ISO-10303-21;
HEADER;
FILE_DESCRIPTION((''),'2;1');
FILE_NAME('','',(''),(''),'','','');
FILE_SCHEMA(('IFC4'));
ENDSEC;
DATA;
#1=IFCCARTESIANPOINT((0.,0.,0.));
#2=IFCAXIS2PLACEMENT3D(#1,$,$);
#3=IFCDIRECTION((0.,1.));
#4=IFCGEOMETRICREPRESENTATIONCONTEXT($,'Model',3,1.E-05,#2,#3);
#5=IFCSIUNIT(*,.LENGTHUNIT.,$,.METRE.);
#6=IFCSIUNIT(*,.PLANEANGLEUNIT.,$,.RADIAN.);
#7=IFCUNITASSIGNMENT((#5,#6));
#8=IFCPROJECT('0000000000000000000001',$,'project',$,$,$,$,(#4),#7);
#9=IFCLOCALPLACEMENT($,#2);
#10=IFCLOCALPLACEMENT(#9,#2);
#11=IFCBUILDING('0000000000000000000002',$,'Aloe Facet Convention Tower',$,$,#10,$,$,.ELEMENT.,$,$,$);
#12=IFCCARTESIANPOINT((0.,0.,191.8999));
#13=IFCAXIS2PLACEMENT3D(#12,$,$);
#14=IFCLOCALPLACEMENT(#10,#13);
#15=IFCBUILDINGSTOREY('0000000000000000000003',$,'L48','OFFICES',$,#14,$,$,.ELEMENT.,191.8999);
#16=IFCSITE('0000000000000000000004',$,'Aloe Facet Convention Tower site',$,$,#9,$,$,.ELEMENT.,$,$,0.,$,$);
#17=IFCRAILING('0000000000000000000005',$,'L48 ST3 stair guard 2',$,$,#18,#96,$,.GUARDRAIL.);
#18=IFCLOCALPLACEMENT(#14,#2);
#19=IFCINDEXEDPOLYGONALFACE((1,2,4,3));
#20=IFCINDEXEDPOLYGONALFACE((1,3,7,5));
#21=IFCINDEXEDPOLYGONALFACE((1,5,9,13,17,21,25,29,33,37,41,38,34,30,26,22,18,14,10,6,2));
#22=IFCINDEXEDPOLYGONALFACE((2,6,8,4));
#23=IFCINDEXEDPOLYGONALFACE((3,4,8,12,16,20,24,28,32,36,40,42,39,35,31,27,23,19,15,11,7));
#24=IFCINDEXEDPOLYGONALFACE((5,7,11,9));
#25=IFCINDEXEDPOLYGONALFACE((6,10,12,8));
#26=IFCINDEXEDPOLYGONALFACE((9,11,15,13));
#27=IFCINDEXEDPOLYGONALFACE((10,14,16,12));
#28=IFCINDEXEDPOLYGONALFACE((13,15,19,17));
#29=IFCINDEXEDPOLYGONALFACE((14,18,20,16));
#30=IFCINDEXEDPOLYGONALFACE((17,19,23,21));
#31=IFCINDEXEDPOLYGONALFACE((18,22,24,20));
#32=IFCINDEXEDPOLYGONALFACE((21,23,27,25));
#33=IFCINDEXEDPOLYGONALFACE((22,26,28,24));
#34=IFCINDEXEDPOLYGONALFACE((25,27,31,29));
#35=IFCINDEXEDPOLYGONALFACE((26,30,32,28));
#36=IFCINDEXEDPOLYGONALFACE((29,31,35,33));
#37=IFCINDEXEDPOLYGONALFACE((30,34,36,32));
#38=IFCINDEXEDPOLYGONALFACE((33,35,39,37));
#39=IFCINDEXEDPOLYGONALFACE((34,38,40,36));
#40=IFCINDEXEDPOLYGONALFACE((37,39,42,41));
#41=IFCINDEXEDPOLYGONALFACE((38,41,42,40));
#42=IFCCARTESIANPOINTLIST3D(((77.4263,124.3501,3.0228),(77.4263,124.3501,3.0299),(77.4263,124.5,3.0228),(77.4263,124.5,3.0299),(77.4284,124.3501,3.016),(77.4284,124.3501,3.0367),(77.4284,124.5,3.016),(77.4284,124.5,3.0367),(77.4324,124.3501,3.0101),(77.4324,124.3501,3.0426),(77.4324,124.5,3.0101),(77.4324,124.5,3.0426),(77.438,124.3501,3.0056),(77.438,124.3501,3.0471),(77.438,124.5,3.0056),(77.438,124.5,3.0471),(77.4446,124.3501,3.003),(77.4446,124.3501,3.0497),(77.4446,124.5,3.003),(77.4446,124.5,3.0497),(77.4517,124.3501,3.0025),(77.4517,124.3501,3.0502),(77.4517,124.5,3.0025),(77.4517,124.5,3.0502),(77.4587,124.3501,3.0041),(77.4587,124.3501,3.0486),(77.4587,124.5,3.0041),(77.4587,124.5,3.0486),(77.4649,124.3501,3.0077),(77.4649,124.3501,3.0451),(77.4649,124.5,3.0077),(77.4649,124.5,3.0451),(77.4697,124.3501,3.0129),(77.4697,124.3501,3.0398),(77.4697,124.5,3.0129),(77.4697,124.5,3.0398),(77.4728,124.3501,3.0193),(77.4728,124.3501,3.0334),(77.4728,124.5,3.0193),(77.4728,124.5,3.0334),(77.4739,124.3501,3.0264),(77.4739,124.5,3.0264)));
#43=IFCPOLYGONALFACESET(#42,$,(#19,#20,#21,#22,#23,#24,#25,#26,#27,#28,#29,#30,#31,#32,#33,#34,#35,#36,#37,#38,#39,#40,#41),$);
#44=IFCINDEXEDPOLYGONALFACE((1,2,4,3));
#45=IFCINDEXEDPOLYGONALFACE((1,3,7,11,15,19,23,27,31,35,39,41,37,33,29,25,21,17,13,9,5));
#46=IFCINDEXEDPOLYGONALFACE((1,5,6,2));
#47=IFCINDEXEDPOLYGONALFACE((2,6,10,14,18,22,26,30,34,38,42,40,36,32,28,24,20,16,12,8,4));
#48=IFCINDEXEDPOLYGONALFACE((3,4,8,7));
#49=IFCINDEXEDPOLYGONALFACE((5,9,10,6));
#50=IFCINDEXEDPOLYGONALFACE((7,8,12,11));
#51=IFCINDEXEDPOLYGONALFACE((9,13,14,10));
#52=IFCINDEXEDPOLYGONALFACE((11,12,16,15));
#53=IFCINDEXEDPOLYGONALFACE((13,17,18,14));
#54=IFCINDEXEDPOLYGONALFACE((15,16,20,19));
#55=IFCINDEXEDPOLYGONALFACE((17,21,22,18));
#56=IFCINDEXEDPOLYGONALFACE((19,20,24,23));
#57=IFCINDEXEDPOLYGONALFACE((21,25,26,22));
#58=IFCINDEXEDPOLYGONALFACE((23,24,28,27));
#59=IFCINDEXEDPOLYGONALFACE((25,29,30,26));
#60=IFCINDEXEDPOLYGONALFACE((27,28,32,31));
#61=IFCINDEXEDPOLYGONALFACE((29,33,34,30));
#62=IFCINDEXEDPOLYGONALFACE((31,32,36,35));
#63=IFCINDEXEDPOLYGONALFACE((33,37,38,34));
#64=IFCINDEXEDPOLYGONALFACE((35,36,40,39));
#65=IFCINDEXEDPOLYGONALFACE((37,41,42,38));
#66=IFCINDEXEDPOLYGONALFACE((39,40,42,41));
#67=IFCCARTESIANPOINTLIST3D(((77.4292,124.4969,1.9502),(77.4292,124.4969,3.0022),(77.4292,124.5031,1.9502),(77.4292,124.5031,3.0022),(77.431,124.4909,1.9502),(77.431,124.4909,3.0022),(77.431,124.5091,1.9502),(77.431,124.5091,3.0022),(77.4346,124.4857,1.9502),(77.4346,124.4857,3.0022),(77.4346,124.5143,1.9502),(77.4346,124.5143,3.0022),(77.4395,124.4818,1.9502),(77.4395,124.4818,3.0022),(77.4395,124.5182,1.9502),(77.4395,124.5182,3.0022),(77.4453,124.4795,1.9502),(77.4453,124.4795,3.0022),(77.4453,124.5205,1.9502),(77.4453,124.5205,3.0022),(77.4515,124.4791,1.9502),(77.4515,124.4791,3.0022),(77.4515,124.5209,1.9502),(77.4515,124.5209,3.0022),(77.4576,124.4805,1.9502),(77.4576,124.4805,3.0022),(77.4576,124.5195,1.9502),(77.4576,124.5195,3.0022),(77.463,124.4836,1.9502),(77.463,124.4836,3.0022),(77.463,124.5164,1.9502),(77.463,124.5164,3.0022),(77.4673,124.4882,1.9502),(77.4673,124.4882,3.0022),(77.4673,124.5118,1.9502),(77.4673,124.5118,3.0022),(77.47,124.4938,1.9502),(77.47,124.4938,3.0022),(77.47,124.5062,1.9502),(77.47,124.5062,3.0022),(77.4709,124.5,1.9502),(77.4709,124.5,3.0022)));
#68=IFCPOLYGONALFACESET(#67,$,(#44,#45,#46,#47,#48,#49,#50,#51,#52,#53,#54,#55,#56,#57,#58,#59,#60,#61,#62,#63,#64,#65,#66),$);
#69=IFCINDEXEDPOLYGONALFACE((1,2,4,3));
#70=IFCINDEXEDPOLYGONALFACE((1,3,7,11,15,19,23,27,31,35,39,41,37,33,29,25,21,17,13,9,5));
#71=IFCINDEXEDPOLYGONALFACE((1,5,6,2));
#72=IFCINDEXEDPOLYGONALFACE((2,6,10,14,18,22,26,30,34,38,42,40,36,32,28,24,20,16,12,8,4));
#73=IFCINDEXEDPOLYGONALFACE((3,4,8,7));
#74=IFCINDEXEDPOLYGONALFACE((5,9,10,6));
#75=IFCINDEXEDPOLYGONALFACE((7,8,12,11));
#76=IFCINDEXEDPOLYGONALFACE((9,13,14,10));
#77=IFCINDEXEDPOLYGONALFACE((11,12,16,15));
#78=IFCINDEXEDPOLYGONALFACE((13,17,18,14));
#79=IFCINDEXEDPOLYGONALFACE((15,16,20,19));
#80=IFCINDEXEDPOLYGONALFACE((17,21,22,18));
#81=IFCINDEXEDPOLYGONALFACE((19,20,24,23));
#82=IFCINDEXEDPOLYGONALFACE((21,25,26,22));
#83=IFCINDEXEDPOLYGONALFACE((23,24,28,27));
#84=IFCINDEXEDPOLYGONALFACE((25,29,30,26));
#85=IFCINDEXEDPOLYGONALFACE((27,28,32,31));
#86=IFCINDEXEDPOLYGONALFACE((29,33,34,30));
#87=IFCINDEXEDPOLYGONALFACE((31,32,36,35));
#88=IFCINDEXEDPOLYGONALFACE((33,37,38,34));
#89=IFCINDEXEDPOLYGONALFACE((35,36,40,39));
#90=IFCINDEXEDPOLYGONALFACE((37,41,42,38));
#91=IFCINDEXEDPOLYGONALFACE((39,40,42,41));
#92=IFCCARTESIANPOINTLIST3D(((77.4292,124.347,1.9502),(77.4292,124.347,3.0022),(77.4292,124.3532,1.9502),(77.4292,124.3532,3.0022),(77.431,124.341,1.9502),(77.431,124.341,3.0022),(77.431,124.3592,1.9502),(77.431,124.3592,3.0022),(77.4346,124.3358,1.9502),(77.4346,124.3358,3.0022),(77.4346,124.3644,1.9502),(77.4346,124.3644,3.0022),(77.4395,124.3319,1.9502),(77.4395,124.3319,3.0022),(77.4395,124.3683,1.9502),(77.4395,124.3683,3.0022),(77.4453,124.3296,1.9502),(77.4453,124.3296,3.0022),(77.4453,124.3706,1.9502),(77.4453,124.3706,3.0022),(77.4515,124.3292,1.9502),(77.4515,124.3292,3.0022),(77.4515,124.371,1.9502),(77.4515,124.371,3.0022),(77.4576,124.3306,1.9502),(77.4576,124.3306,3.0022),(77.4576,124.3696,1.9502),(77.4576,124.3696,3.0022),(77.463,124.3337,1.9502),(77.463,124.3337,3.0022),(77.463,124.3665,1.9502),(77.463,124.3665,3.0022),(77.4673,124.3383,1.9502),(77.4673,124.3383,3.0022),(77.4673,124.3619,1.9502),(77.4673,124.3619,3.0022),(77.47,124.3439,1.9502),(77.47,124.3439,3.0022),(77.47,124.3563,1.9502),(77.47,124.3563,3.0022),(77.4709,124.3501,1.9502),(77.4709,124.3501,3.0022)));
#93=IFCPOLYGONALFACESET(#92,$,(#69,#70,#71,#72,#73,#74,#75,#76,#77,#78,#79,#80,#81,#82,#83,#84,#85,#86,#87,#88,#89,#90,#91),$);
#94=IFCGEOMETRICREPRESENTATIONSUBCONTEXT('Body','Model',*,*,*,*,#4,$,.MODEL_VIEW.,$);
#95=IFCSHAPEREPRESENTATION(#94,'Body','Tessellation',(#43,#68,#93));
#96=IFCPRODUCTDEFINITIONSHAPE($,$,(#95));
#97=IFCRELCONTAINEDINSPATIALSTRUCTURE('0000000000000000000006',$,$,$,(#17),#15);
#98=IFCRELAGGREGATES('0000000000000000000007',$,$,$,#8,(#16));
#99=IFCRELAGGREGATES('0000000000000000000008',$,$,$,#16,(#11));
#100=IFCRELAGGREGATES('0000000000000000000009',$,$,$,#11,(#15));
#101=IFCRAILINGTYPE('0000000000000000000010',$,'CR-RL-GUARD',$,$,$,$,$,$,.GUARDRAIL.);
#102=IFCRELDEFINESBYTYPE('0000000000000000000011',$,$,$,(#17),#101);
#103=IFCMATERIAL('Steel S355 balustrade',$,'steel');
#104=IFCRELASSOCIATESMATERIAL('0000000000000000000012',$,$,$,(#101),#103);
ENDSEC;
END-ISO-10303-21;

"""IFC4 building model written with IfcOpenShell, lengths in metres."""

from ifc_helpers import new_model, si_unit, direction, frame, origin, origin_2d, place, context, subcontext, project, spatial, circle, extrude, material, type_object, element, save


model = new_model("IFC4")

# Units and contexts
model_context = context("Model", 3, precision=1e-05, world=origin(), true_north=direction((0.0, 1.0)))
body_context = subcontext(model_context, "Body", "Model", "MODEL_VIEW")
ifc_project = project(units=[si_unit("LENGTHUNIT", "METRE"), si_unit("PLANEANGLEUNIT", "RADIAN")], contexts=[model_context])

# Site, building, storey
site_placement = place(None, origin())
site = spatial("IfcSite", under=ifc_project, at=site_placement, Name="Aloe Facet Convention Tower site", CompositionType="ELEMENT", RefElevation=0.0)
building_placement = place(site_placement, origin())
building = spatial("IfcBuilding", under=site, at=building_placement, Name="Aloe Facet Convention Tower", CompositionType="ELEMENT")
storey_placement = place(building_placement, frame((0.0, 0.0, 191.8999)))
storey = spatial("IfcBuildingStorey", under=building, at=storey_placement, Name="L48", Description="OFFICES", CompositionType="ELEMENT", Elevation=191.8999)

# Railing
ifc_material_1 = material(Name="Steel S355 balustrade", Category="steel")
railing_type_1 = type_object("IfcRailingType", Name="CR-RL-GUARD", PredefinedType="GUARDRAIL", material=ifc_material_1)
railing_1_placement = place(storey_placement, frame((77.45, 124.5, 1.9502)))
element("IfcRailing", 1, at=railing_1_placement, inside=storey, type_object=railing_type_1, Name="L48 ST3 stair guard 2", PredefinedType="GUARDRAIL", context=body_context, shape_type="SweptSolid", body=[
    extrude(circle(Radius=0.0239, at=origin_2d()), frame((0.0, 0.0, 1.0762), z_axis=(0.0, -1.0, 0.0), x_axis=(1.0, 0.0, 0.0)), (0.0, 0.0, 1.0), 0.1499),
    extrude(circle(Radius=0.021, at=origin_2d()), origin(), (0.0, 0.0, 1.0), 1.052),
    extrude(circle(Radius=0.021, at=origin_2d()), frame((0.0, -0.1499, 0.0)), (0.0, 0.0, 1.0), 1.052),
])

save(model, "model.ifc")
